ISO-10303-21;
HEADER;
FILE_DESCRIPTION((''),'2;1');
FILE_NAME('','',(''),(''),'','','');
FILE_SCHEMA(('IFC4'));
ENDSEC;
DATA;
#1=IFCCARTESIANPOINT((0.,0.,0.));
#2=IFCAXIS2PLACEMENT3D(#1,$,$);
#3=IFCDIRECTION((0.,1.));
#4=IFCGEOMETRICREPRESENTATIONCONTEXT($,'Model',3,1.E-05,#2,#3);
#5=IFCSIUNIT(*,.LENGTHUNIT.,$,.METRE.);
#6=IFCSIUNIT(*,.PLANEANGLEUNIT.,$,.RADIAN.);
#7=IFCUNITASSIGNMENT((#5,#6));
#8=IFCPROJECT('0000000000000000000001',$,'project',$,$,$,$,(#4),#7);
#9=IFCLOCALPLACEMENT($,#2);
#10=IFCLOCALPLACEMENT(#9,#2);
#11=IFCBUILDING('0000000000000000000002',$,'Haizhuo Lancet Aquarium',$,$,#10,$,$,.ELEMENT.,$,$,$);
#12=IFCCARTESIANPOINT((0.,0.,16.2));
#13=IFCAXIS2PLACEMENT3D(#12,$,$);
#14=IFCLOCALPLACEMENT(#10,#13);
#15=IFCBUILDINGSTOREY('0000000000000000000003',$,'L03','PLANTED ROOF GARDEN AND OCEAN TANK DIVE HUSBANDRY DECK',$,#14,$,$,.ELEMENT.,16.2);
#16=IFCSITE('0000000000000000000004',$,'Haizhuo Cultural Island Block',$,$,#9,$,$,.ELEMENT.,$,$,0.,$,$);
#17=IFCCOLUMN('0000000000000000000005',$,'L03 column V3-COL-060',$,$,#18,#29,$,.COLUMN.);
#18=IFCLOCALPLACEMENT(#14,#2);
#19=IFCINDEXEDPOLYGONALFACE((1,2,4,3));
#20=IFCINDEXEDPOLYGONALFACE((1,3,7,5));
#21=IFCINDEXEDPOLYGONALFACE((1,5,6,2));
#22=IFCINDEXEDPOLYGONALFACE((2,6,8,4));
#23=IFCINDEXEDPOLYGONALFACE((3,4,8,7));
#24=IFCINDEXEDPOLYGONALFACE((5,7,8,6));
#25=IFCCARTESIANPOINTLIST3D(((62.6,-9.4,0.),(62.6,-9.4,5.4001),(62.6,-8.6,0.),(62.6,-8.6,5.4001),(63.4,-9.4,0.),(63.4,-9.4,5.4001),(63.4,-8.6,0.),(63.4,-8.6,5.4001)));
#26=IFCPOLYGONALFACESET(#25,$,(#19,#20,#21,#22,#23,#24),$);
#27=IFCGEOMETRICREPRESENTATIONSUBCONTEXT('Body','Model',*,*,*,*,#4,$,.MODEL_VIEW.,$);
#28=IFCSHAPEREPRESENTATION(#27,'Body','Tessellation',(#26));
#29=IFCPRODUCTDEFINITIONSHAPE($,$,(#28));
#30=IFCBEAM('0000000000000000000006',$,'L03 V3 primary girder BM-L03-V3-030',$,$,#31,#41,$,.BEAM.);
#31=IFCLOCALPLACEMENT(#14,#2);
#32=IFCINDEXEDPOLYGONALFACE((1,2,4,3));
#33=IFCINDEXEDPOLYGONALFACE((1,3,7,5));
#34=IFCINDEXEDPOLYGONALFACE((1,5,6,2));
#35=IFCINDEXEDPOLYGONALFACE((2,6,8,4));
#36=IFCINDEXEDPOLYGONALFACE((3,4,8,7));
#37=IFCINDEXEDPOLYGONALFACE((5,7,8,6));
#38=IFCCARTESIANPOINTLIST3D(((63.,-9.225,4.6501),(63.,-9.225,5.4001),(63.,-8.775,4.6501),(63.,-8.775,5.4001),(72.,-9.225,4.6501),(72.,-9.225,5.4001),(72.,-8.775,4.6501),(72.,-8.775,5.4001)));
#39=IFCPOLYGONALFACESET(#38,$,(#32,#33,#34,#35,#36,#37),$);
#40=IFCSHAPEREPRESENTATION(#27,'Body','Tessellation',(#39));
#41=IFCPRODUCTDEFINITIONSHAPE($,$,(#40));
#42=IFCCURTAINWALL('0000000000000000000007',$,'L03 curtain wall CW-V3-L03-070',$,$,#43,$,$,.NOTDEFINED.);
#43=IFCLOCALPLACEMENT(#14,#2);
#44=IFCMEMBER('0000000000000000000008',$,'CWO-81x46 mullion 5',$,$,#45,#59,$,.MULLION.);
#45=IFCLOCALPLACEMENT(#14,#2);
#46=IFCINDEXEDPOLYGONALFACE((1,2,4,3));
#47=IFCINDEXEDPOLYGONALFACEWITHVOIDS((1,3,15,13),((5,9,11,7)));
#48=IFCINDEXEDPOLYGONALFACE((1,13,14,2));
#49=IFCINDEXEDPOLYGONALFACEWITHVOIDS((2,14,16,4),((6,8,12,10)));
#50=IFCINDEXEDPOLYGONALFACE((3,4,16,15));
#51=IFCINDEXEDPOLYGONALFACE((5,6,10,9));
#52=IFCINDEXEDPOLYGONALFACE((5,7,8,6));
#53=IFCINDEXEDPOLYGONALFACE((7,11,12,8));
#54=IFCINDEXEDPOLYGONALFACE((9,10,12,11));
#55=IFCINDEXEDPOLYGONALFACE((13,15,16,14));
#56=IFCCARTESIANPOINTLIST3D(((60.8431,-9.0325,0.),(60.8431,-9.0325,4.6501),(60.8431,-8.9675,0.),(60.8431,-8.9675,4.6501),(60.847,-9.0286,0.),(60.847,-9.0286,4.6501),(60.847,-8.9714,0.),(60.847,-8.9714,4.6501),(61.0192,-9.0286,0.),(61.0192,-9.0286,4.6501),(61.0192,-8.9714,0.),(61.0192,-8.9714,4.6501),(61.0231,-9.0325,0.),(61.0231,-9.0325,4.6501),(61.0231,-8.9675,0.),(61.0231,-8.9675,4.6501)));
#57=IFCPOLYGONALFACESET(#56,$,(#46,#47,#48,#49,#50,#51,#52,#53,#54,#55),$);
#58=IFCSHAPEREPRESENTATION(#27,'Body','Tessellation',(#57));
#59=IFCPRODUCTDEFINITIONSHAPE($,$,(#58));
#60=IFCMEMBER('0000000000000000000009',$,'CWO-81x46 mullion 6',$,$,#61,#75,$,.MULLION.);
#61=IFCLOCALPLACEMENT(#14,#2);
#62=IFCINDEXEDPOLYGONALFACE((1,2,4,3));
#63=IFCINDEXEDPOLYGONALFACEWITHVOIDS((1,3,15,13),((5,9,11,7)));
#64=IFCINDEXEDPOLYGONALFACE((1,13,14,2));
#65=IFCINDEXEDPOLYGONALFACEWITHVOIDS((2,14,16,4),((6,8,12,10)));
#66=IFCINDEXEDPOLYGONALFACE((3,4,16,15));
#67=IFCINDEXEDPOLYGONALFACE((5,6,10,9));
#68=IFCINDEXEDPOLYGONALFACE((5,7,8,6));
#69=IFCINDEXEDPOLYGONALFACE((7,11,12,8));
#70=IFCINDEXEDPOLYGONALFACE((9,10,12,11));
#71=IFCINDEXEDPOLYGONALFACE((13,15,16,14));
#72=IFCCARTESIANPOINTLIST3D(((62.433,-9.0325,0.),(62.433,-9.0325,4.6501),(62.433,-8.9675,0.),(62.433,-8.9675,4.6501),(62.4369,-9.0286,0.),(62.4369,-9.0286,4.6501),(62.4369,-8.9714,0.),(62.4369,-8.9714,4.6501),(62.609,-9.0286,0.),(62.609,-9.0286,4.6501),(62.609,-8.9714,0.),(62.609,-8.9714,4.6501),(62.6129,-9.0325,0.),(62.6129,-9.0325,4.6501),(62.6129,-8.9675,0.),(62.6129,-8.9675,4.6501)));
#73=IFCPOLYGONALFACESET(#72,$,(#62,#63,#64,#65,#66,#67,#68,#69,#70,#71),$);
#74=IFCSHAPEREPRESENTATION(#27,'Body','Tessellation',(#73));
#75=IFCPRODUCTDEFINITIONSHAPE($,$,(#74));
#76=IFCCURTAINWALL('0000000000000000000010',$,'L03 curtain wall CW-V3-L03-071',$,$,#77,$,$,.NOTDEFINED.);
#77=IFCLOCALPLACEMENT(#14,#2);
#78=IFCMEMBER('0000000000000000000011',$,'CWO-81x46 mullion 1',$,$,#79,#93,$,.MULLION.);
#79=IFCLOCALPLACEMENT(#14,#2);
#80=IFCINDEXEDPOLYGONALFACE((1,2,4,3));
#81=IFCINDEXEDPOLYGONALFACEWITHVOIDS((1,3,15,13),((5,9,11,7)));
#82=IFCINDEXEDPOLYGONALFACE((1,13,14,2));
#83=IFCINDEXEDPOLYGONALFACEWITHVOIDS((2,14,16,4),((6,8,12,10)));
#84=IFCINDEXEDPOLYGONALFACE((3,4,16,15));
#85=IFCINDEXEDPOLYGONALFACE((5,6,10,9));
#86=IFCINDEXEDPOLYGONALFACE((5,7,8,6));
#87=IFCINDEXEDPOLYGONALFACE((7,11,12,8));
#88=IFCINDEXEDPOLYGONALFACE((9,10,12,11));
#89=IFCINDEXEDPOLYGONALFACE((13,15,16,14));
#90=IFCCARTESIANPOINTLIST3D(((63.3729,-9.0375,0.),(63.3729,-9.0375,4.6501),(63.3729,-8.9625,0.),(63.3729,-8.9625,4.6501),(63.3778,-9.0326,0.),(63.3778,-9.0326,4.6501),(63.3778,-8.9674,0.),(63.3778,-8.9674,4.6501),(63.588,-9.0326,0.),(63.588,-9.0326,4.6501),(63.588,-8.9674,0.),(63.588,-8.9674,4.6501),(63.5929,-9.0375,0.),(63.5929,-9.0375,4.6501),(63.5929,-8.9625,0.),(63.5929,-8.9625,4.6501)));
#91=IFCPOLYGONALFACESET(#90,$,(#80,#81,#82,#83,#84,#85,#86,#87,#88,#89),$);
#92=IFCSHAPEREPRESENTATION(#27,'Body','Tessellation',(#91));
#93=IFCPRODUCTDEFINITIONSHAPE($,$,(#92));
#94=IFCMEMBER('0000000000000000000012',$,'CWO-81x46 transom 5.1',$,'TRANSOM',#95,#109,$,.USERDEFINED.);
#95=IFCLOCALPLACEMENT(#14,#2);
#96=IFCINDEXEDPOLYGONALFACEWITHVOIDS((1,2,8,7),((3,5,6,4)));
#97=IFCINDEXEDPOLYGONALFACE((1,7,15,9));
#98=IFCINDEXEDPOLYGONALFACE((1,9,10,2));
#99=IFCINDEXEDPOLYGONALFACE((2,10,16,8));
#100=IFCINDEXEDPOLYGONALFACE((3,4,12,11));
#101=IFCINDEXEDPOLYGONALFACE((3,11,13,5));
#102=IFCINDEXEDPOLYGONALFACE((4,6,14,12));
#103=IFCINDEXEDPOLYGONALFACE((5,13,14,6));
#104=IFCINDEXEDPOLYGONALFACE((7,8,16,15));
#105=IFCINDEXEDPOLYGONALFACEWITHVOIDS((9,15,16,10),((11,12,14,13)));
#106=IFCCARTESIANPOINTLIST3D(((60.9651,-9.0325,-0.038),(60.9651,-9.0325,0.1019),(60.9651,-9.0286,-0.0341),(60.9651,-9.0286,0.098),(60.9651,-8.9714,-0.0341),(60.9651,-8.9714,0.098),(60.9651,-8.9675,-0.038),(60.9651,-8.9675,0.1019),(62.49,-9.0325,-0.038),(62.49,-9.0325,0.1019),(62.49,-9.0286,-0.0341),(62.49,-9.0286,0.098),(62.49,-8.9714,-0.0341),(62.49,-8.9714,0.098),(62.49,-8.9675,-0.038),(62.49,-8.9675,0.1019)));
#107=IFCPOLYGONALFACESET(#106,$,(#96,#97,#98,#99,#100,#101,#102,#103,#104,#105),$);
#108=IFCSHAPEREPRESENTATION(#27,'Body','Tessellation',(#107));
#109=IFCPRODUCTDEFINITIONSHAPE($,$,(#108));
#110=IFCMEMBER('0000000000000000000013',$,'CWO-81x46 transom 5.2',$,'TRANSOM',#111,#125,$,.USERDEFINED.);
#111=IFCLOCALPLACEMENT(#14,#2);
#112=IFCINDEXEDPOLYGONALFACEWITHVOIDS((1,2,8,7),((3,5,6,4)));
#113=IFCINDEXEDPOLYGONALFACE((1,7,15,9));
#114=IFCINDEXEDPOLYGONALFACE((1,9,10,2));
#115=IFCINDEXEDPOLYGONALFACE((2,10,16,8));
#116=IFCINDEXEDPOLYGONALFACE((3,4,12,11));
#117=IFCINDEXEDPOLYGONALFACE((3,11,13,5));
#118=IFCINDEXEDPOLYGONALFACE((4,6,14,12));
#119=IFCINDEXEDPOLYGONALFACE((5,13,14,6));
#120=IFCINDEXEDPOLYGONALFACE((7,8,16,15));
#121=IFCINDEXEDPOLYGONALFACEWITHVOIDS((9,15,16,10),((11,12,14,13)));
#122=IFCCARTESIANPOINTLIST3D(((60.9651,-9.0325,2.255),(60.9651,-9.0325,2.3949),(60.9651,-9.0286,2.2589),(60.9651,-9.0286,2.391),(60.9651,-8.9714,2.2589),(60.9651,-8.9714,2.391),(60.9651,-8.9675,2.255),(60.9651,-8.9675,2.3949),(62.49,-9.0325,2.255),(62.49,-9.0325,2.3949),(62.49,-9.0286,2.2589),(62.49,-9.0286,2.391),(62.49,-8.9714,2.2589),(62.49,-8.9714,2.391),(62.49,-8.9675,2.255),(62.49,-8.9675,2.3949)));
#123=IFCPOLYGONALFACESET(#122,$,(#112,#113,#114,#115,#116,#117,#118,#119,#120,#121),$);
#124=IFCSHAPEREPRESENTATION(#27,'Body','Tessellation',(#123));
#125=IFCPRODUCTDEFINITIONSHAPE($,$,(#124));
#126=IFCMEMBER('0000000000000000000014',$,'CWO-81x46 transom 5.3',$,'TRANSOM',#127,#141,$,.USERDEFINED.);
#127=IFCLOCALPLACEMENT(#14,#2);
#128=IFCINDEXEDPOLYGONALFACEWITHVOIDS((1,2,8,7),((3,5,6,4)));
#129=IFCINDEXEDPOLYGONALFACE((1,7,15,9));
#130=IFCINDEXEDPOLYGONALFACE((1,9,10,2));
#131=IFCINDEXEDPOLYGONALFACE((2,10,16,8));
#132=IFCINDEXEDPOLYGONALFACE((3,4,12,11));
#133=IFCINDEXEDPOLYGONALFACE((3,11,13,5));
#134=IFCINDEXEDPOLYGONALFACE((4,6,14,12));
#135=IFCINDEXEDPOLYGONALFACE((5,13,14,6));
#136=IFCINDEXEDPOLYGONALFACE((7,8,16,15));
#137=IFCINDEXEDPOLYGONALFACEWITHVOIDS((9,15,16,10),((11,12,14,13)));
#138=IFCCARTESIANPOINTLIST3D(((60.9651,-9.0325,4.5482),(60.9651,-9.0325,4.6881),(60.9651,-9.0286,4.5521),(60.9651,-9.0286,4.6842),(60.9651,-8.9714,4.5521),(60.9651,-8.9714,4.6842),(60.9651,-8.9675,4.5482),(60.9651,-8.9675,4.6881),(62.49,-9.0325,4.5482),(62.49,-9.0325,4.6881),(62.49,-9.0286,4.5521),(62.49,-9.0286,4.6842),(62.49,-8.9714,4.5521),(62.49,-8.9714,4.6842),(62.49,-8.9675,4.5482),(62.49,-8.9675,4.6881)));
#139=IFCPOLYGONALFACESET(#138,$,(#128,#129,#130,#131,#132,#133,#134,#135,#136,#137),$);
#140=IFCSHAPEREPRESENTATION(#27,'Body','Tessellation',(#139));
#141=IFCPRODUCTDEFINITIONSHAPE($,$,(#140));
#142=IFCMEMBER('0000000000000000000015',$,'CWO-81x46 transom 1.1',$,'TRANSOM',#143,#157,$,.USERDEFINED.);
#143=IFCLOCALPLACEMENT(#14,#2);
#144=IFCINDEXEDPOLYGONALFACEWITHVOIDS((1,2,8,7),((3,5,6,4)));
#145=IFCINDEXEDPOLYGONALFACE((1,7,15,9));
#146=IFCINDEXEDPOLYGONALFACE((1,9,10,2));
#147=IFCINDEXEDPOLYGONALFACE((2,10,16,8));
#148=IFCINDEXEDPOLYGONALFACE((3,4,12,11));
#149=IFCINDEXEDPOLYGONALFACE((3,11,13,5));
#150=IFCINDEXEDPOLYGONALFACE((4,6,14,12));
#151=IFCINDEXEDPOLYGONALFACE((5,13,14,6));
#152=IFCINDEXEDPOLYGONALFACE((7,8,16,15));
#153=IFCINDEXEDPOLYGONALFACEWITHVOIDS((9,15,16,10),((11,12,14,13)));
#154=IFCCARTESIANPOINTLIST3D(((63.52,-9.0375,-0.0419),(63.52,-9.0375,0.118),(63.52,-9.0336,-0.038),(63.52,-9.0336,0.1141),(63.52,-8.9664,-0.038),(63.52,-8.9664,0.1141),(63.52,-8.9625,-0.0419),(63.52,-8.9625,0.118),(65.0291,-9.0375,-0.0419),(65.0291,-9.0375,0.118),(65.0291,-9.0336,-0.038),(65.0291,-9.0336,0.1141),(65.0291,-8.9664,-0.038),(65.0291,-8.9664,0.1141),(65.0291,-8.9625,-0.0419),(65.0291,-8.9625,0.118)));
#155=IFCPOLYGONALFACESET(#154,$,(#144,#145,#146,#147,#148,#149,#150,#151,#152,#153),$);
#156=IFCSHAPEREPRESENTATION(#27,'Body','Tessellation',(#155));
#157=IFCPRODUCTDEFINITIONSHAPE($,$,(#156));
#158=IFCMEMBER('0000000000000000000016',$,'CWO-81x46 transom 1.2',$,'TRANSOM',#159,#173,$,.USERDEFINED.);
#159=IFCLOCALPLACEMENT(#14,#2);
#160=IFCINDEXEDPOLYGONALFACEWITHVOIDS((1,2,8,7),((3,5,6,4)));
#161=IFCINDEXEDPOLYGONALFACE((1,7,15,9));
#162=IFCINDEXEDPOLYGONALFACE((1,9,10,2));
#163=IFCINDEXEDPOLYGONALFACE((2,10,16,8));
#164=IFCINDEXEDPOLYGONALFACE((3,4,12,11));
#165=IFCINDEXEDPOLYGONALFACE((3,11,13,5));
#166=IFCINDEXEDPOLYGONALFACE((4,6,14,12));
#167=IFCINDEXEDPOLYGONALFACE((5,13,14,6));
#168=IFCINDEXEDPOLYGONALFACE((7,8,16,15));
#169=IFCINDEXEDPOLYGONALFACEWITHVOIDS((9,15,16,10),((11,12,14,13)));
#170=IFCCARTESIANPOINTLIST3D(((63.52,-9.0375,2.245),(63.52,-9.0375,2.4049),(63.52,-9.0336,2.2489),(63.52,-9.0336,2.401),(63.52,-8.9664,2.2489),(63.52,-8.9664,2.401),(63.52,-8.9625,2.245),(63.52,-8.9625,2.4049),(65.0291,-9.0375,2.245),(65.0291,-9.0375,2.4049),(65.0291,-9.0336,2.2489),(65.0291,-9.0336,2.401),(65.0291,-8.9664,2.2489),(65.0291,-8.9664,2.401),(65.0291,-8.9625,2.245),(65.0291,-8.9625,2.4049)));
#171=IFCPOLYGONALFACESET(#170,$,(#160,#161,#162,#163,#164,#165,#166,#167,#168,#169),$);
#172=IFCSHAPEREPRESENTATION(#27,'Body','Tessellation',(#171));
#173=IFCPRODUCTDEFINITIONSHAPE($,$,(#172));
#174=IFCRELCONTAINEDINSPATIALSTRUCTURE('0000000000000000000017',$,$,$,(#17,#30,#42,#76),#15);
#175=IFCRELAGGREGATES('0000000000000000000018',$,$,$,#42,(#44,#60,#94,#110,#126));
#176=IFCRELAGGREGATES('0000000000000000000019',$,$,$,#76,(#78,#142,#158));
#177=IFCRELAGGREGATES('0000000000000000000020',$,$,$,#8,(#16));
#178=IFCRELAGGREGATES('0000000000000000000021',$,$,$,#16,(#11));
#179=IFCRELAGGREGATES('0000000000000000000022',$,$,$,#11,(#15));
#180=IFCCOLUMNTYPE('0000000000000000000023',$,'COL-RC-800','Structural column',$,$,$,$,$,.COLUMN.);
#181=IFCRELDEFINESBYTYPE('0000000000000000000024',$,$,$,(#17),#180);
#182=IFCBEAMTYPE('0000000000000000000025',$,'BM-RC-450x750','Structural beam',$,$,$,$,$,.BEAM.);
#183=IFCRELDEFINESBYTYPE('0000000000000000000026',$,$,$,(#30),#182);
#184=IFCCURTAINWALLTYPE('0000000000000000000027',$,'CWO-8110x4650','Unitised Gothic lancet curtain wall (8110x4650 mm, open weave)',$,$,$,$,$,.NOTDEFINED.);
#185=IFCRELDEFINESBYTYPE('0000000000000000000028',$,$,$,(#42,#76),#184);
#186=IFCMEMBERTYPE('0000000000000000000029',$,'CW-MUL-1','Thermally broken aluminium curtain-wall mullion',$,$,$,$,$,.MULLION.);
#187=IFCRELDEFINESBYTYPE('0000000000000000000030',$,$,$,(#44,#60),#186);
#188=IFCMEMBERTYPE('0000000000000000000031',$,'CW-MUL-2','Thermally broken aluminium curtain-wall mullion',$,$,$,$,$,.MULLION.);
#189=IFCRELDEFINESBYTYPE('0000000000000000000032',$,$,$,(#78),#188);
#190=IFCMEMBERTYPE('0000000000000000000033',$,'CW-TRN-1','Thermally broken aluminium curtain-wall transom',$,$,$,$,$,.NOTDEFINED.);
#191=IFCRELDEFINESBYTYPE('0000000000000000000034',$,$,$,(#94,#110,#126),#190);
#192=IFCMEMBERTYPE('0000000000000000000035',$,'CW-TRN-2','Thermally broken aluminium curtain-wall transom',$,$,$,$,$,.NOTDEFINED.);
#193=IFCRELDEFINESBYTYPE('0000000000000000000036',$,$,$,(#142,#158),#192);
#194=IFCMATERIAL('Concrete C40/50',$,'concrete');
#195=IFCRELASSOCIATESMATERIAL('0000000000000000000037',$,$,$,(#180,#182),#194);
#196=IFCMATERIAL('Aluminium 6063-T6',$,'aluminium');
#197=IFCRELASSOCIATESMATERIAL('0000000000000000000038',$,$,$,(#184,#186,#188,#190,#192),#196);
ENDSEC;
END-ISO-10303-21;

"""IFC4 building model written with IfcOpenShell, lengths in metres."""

from ifc_helpers import new_model, si_unit, direction, frame, origin, origin_2d, place, context, subcontext, project, spatial, rectangle, hollow_rectangle, extrude, material, material_profile, profile_set, type_object, element, aggregate, save


model = new_model("IFC4")

# Units and contexts
model_context = context("Model", 3, precision=1e-05, world=origin(), true_north=direction((0.0, 1.0)))
body_context = subcontext(model_context, "Body", "Model", "MODEL_VIEW")
ifc_project = project(units=[si_unit("LENGTHUNIT", "METRE"), si_unit("PLANEANGLEUNIT", "RADIAN")], contexts=[model_context])

# Site, building, storey
site_placement = place(None, origin())
site = spatial("IfcSite", under=ifc_project, at=site_placement, Name="Haizhuo Cultural Island Block", CompositionType="ELEMENT", RefElevation=0.0)
building_placement = place(site_placement, origin())
building = spatial("IfcBuilding", under=site, at=building_placement, Name="Haizhuo Lancet Aquarium", CompositionType="ELEMENT")
storey_placement = place(building_placement, frame((0.0, 0.0, 16.2)))
storey = spatial("IfcBuildingStorey", under=building, at=storey_placement, Name="L03", Description="PLANTED ROOF GARDEN AND OCEAN TANK DIVE HUSBANDRY DECK", CompositionType="ELEMENT", Elevation=16.2)

# Column
ifc_material_1 = material(Name="Concrete C40/50", Category="concrete")
ifc_material_profile_1 = material_profile(ifc_material_1, rectangle(XDim=0.8, YDim=0.8, at=origin_2d()), Name="RC-COL 800x800")
ifc_profile_set_1 = profile_set([ifc_material_profile_1], Name="Concrete C40/50")
column_type = type_object("IfcColumnType", Name="COL-RC-800", Description="Structural column", PredefinedType="COLUMN", material=ifc_profile_set_1)
column_placement = place(storey_placement, frame((63.0, -9.0, 0.0), z_axis=(0.0, 0.0, 1.0), x_axis=(1.0, 0.0, 0.0)))
element("IfcColumn", 1, at=column_placement, inside=storey, type_object=column_type, Name="L03 column V3-COL-060", PredefinedType="COLUMN", context=body_context, shape_type="SweptSolid", body=[
    extrude(rectangle(XDim=0.8, YDim=0.8, at=origin_2d()), origin(), (0.0, 0.0, 1.0), 5.4001),
])

# Beam
ifc_material_profile_2 = material_profile(ifc_material_1, rectangle(XDim=0.45, YDim=0.75, at=origin_2d()), Name="RC-BM 450x750")
ifc_profile_set_2 = profile_set([ifc_material_profile_2], Name="Concrete C40/50")
beam_type = type_object("IfcBeamType", Name="BM-RC-450x750", Description="Structural beam", PredefinedType="BEAM", material=ifc_profile_set_2)
beam_placement = place(storey_placement, frame((63.0, -9.0, 5.0251), z_axis=(1.0, 0.0, 0.0), x_axis=(0.0, 1.0, 0.0)))
element("IfcBeam", 2, at=beam_placement, inside=storey, type_object=beam_type, Name="L03 V3 primary girder BM-L03-V3-030", PredefinedType="BEAM", context=body_context, shape_type="SweptSolid", body=[
    extrude(rectangle(XDim=0.45, YDim=0.75, at=origin_2d()), origin(), (0.0, 0.0, 1.0), 9.0),
])

# Curtain wall, members
ifc_material_2 = material(Name="Aluminium 6063-T6", Category="aluminium")
curtain_wall_type = type_object("IfcCurtainWallType", Name="CWO-8110x4650", Description="Unitised Gothic lancet curtain wall (8110x4650 mm, open weave)", PredefinedType="NOTDEFINED", material=ifc_material_2)
curtain_wall_1_placement = place(storey_placement, origin())
curtain_wall_1 = element("IfcCurtainWall", 3, at=curtain_wall_1_placement, inside=storey, type_object=curtain_wall_type, Name="L03 curtain wall CW-V3-L03-070", PredefinedType="NOTDEFINED")
ifc_material_profile_3 = material_profile(ifc_material_2, hollow_rectangle(XDim=0.0649, YDim=0.1799, WallThickness=0.0039, at=origin_2d()), Name="ALU-M 65x180x4")
ifc_profile_set_3 = profile_set([ifc_material_profile_3], Name="Aluminium 6063-T6")
member_type_1 = type_object("IfcMemberType", Name="CW-MUL-1", Description="Thermally broken aluminium curtain-wall mullion", PredefinedType="MULLION", material=ifc_profile_set_3)
member_1_placement = place(storey_placement, frame((60.9331, -9.0, 0.0), z_axis=(0.0, 0.0, 1.0), x_axis=(0.0, 1.0, 0.0)))
member_1 = element("IfcMember", 4, at=member_1_placement, type_object=member_type_1, Name="CWO-81x46 mullion 5", PredefinedType="MULLION", context=body_context, shape_type="SweptSolid", body=[
    extrude(hollow_rectangle(XDim=0.0649, YDim=0.1799, WallThickness=0.0039, at=origin_2d()), origin(), (0.0, 0.0, 1.0), 4.6501),
])
member_2_placement = place(storey_placement, frame((62.5229, -9.0, 0.0), z_axis=(0.0, 0.0, 1.0), x_axis=(0.0, 1.0, 0.0)))
member_2 = element("IfcMember", 5, at=member_2_placement, type_object=member_type_1, Name="CWO-81x46 mullion 6", PredefinedType="MULLION", context=body_context, shape_type="SweptSolid", body=[
    extrude(hollow_rectangle(XDim=0.0649, YDim=0.1799, WallThickness=0.0039, at=origin_2d()), origin(), (0.0, 0.0, 1.0), 4.6501),
])

# Curtain wall, member
curtain_wall_2_placement = place(storey_placement, origin())
curtain_wall_2 = element("IfcCurtainWall", 6, at=curtain_wall_2_placement, inside=storey, type_object=curtain_wall_type, Name="L03 curtain wall CW-V3-L03-071", PredefinedType="NOTDEFINED")
ifc_material_profile_4 = material_profile(ifc_material_2, hollow_rectangle(XDim=0.075, YDim=0.22, WallThickness=0.0049, at=origin_2d()), Name="ALU-M 75x220x5")
ifc_profile_set_4 = profile_set([ifc_material_profile_4], Name="Aluminium 6063-T6")
member_type_2 = type_object("IfcMemberType", Name="CW-MUL-2", Description="Thermally broken aluminium curtain-wall mullion", PredefinedType="MULLION", material=ifc_profile_set_4)
member_3_placement = place(storey_placement, frame((63.4829, -9.0, 0.0), z_axis=(0.0, 0.0, 1.0), x_axis=(0.0, 1.0, 0.0)))
member_3 = element("IfcMember", 7, at=member_3_placement, type_object=member_type_2, Name="CWO-81x46 mullion 1", PredefinedType="MULLION", context=body_context, shape_type="SweptSolid", body=[
    extrude(hollow_rectangle(XDim=0.075, YDim=0.22, WallThickness=0.0049, at=origin_2d()), origin(), (0.0, 0.0, 1.0), 4.6501),
])

# Members
ifc_material_profile_5 = material_profile(ifc_material_2, hollow_rectangle(XDim=0.0649, YDim=0.1399, WallThickness=0.0039, at=origin_2d()), Name="ALU-T 65x140x4")
ifc_profile_set_5 = profile_set([ifc_material_profile_5], Name="Aluminium 6063-T6")
member_type_3 = type_object("IfcMemberType", Name="CW-TRN-1", Description="Thermally broken aluminium curtain-wall transom", PredefinedType="NOTDEFINED", material=ifc_profile_set_5)
member_4_placement = place(storey_placement, frame((60.9651, -9.0, 0.032), z_axis=(1.0, 0.0, 0.0), x_axis=(0.0, 1.0, 0.0)))
member_4 = element("IfcMember", 8, at=member_4_placement, type_object=member_type_3, Name="CWO-81x46 transom 5.1", ObjectType="TRANSOM", PredefinedType="USERDEFINED", context=body_context, shape_type="SweptSolid", body=[
    extrude(hollow_rectangle(XDim=0.0649, YDim=0.1399, WallThickness=0.0039, at=origin_2d()), origin(), (0.0, 0.0, 1.0), 1.5249),
])
member_5_placement = place(storey_placement, frame((60.9651, -9.0, 2.325), z_axis=(1.0, 0.0, 0.0), x_axis=(0.0, 1.0, 0.0)))
member_5 = element("IfcMember", 9, at=member_5_placement, type_object=member_type_3, Name="CWO-81x46 transom 5.2", ObjectType="TRANSOM", PredefinedType="USERDEFINED", context=body_context, shape_type="SweptSolid", body=[
    extrude(hollow_rectangle(XDim=0.0649, YDim=0.1399, WallThickness=0.0039, at=origin_2d()), origin(), (0.0, 0.0, 1.0), 1.5249),
])
member_6_placement = place(storey_placement, frame((60.9651, -9.0, 4.6182), z_axis=(1.0, 0.0, 0.0), x_axis=(0.0, 1.0, 0.0)))
member_6 = element("IfcMember", 10, at=member_6_placement, type_object=member_type_3, Name="CWO-81x46 transom 5.3", ObjectType="TRANSOM", PredefinedType="USERDEFINED", context=body_context, shape_type="SweptSolid", body=[
    extrude(hollow_rectangle(XDim=0.0649, YDim=0.1399, WallThickness=0.0039, at=origin_2d()), origin(), (0.0, 0.0, 1.0), 1.5249),
])
ifc_material_profile_6 = material_profile(ifc_material_2, hollow_rectangle(XDim=0.075, YDim=0.1599, WallThickness=0.0039, at=origin_2d()), Name="ALU-T 75x160x4")
ifc_profile_set_6 = profile_set([ifc_material_profile_6], Name="Aluminium 6063-T6")
member_type_4 = type_object("IfcMemberType", Name="CW-TRN-2", Description="Thermally broken aluminium curtain-wall transom", PredefinedType="NOTDEFINED", material=ifc_profile_set_6)
member_7_placement = place(storey_placement, frame((63.52, -9.0, 0.0381), z_axis=(1.0, 0.0, 0.0), x_axis=(0.0, 1.0, 0.0)))
member_7 = element("IfcMember", 11, at=member_7_placement, type_object=member_type_4, Name="CWO-81x46 transom 1.1", ObjectType="TRANSOM", PredefinedType="USERDEFINED", context=body_context, shape_type="SweptSolid", body=[
    extrude(hollow_rectangle(XDim=0.075, YDim=0.1599, WallThickness=0.0039, at=origin_2d()), origin(), (0.0, 0.0, 1.0), 1.509),
])
member_8_placement = place(storey_placement, frame((63.52, -9.0, 2.325), z_axis=(1.0, 0.0, 0.0), x_axis=(0.0, 1.0, 0.0)))
member_8 = element("IfcMember", 12, at=member_8_placement, type_object=member_type_4, Name="CWO-81x46 transom 1.2", ObjectType="TRANSOM", PredefinedType="USERDEFINED", context=body_context, shape_type="SweptSolid", body=[
    extrude(hollow_rectangle(XDim=0.075, YDim=0.1599, WallThickness=0.0039, at=origin_2d()), origin(), (0.0, 0.0, 1.0), 1.509),
])

aggregate(curtain_wall_1, [member_1, member_2, member_4, member_5, member_6])
aggregate(curtain_wall_2, [member_3, member_7, member_8])

save(model, "model.ifc")
